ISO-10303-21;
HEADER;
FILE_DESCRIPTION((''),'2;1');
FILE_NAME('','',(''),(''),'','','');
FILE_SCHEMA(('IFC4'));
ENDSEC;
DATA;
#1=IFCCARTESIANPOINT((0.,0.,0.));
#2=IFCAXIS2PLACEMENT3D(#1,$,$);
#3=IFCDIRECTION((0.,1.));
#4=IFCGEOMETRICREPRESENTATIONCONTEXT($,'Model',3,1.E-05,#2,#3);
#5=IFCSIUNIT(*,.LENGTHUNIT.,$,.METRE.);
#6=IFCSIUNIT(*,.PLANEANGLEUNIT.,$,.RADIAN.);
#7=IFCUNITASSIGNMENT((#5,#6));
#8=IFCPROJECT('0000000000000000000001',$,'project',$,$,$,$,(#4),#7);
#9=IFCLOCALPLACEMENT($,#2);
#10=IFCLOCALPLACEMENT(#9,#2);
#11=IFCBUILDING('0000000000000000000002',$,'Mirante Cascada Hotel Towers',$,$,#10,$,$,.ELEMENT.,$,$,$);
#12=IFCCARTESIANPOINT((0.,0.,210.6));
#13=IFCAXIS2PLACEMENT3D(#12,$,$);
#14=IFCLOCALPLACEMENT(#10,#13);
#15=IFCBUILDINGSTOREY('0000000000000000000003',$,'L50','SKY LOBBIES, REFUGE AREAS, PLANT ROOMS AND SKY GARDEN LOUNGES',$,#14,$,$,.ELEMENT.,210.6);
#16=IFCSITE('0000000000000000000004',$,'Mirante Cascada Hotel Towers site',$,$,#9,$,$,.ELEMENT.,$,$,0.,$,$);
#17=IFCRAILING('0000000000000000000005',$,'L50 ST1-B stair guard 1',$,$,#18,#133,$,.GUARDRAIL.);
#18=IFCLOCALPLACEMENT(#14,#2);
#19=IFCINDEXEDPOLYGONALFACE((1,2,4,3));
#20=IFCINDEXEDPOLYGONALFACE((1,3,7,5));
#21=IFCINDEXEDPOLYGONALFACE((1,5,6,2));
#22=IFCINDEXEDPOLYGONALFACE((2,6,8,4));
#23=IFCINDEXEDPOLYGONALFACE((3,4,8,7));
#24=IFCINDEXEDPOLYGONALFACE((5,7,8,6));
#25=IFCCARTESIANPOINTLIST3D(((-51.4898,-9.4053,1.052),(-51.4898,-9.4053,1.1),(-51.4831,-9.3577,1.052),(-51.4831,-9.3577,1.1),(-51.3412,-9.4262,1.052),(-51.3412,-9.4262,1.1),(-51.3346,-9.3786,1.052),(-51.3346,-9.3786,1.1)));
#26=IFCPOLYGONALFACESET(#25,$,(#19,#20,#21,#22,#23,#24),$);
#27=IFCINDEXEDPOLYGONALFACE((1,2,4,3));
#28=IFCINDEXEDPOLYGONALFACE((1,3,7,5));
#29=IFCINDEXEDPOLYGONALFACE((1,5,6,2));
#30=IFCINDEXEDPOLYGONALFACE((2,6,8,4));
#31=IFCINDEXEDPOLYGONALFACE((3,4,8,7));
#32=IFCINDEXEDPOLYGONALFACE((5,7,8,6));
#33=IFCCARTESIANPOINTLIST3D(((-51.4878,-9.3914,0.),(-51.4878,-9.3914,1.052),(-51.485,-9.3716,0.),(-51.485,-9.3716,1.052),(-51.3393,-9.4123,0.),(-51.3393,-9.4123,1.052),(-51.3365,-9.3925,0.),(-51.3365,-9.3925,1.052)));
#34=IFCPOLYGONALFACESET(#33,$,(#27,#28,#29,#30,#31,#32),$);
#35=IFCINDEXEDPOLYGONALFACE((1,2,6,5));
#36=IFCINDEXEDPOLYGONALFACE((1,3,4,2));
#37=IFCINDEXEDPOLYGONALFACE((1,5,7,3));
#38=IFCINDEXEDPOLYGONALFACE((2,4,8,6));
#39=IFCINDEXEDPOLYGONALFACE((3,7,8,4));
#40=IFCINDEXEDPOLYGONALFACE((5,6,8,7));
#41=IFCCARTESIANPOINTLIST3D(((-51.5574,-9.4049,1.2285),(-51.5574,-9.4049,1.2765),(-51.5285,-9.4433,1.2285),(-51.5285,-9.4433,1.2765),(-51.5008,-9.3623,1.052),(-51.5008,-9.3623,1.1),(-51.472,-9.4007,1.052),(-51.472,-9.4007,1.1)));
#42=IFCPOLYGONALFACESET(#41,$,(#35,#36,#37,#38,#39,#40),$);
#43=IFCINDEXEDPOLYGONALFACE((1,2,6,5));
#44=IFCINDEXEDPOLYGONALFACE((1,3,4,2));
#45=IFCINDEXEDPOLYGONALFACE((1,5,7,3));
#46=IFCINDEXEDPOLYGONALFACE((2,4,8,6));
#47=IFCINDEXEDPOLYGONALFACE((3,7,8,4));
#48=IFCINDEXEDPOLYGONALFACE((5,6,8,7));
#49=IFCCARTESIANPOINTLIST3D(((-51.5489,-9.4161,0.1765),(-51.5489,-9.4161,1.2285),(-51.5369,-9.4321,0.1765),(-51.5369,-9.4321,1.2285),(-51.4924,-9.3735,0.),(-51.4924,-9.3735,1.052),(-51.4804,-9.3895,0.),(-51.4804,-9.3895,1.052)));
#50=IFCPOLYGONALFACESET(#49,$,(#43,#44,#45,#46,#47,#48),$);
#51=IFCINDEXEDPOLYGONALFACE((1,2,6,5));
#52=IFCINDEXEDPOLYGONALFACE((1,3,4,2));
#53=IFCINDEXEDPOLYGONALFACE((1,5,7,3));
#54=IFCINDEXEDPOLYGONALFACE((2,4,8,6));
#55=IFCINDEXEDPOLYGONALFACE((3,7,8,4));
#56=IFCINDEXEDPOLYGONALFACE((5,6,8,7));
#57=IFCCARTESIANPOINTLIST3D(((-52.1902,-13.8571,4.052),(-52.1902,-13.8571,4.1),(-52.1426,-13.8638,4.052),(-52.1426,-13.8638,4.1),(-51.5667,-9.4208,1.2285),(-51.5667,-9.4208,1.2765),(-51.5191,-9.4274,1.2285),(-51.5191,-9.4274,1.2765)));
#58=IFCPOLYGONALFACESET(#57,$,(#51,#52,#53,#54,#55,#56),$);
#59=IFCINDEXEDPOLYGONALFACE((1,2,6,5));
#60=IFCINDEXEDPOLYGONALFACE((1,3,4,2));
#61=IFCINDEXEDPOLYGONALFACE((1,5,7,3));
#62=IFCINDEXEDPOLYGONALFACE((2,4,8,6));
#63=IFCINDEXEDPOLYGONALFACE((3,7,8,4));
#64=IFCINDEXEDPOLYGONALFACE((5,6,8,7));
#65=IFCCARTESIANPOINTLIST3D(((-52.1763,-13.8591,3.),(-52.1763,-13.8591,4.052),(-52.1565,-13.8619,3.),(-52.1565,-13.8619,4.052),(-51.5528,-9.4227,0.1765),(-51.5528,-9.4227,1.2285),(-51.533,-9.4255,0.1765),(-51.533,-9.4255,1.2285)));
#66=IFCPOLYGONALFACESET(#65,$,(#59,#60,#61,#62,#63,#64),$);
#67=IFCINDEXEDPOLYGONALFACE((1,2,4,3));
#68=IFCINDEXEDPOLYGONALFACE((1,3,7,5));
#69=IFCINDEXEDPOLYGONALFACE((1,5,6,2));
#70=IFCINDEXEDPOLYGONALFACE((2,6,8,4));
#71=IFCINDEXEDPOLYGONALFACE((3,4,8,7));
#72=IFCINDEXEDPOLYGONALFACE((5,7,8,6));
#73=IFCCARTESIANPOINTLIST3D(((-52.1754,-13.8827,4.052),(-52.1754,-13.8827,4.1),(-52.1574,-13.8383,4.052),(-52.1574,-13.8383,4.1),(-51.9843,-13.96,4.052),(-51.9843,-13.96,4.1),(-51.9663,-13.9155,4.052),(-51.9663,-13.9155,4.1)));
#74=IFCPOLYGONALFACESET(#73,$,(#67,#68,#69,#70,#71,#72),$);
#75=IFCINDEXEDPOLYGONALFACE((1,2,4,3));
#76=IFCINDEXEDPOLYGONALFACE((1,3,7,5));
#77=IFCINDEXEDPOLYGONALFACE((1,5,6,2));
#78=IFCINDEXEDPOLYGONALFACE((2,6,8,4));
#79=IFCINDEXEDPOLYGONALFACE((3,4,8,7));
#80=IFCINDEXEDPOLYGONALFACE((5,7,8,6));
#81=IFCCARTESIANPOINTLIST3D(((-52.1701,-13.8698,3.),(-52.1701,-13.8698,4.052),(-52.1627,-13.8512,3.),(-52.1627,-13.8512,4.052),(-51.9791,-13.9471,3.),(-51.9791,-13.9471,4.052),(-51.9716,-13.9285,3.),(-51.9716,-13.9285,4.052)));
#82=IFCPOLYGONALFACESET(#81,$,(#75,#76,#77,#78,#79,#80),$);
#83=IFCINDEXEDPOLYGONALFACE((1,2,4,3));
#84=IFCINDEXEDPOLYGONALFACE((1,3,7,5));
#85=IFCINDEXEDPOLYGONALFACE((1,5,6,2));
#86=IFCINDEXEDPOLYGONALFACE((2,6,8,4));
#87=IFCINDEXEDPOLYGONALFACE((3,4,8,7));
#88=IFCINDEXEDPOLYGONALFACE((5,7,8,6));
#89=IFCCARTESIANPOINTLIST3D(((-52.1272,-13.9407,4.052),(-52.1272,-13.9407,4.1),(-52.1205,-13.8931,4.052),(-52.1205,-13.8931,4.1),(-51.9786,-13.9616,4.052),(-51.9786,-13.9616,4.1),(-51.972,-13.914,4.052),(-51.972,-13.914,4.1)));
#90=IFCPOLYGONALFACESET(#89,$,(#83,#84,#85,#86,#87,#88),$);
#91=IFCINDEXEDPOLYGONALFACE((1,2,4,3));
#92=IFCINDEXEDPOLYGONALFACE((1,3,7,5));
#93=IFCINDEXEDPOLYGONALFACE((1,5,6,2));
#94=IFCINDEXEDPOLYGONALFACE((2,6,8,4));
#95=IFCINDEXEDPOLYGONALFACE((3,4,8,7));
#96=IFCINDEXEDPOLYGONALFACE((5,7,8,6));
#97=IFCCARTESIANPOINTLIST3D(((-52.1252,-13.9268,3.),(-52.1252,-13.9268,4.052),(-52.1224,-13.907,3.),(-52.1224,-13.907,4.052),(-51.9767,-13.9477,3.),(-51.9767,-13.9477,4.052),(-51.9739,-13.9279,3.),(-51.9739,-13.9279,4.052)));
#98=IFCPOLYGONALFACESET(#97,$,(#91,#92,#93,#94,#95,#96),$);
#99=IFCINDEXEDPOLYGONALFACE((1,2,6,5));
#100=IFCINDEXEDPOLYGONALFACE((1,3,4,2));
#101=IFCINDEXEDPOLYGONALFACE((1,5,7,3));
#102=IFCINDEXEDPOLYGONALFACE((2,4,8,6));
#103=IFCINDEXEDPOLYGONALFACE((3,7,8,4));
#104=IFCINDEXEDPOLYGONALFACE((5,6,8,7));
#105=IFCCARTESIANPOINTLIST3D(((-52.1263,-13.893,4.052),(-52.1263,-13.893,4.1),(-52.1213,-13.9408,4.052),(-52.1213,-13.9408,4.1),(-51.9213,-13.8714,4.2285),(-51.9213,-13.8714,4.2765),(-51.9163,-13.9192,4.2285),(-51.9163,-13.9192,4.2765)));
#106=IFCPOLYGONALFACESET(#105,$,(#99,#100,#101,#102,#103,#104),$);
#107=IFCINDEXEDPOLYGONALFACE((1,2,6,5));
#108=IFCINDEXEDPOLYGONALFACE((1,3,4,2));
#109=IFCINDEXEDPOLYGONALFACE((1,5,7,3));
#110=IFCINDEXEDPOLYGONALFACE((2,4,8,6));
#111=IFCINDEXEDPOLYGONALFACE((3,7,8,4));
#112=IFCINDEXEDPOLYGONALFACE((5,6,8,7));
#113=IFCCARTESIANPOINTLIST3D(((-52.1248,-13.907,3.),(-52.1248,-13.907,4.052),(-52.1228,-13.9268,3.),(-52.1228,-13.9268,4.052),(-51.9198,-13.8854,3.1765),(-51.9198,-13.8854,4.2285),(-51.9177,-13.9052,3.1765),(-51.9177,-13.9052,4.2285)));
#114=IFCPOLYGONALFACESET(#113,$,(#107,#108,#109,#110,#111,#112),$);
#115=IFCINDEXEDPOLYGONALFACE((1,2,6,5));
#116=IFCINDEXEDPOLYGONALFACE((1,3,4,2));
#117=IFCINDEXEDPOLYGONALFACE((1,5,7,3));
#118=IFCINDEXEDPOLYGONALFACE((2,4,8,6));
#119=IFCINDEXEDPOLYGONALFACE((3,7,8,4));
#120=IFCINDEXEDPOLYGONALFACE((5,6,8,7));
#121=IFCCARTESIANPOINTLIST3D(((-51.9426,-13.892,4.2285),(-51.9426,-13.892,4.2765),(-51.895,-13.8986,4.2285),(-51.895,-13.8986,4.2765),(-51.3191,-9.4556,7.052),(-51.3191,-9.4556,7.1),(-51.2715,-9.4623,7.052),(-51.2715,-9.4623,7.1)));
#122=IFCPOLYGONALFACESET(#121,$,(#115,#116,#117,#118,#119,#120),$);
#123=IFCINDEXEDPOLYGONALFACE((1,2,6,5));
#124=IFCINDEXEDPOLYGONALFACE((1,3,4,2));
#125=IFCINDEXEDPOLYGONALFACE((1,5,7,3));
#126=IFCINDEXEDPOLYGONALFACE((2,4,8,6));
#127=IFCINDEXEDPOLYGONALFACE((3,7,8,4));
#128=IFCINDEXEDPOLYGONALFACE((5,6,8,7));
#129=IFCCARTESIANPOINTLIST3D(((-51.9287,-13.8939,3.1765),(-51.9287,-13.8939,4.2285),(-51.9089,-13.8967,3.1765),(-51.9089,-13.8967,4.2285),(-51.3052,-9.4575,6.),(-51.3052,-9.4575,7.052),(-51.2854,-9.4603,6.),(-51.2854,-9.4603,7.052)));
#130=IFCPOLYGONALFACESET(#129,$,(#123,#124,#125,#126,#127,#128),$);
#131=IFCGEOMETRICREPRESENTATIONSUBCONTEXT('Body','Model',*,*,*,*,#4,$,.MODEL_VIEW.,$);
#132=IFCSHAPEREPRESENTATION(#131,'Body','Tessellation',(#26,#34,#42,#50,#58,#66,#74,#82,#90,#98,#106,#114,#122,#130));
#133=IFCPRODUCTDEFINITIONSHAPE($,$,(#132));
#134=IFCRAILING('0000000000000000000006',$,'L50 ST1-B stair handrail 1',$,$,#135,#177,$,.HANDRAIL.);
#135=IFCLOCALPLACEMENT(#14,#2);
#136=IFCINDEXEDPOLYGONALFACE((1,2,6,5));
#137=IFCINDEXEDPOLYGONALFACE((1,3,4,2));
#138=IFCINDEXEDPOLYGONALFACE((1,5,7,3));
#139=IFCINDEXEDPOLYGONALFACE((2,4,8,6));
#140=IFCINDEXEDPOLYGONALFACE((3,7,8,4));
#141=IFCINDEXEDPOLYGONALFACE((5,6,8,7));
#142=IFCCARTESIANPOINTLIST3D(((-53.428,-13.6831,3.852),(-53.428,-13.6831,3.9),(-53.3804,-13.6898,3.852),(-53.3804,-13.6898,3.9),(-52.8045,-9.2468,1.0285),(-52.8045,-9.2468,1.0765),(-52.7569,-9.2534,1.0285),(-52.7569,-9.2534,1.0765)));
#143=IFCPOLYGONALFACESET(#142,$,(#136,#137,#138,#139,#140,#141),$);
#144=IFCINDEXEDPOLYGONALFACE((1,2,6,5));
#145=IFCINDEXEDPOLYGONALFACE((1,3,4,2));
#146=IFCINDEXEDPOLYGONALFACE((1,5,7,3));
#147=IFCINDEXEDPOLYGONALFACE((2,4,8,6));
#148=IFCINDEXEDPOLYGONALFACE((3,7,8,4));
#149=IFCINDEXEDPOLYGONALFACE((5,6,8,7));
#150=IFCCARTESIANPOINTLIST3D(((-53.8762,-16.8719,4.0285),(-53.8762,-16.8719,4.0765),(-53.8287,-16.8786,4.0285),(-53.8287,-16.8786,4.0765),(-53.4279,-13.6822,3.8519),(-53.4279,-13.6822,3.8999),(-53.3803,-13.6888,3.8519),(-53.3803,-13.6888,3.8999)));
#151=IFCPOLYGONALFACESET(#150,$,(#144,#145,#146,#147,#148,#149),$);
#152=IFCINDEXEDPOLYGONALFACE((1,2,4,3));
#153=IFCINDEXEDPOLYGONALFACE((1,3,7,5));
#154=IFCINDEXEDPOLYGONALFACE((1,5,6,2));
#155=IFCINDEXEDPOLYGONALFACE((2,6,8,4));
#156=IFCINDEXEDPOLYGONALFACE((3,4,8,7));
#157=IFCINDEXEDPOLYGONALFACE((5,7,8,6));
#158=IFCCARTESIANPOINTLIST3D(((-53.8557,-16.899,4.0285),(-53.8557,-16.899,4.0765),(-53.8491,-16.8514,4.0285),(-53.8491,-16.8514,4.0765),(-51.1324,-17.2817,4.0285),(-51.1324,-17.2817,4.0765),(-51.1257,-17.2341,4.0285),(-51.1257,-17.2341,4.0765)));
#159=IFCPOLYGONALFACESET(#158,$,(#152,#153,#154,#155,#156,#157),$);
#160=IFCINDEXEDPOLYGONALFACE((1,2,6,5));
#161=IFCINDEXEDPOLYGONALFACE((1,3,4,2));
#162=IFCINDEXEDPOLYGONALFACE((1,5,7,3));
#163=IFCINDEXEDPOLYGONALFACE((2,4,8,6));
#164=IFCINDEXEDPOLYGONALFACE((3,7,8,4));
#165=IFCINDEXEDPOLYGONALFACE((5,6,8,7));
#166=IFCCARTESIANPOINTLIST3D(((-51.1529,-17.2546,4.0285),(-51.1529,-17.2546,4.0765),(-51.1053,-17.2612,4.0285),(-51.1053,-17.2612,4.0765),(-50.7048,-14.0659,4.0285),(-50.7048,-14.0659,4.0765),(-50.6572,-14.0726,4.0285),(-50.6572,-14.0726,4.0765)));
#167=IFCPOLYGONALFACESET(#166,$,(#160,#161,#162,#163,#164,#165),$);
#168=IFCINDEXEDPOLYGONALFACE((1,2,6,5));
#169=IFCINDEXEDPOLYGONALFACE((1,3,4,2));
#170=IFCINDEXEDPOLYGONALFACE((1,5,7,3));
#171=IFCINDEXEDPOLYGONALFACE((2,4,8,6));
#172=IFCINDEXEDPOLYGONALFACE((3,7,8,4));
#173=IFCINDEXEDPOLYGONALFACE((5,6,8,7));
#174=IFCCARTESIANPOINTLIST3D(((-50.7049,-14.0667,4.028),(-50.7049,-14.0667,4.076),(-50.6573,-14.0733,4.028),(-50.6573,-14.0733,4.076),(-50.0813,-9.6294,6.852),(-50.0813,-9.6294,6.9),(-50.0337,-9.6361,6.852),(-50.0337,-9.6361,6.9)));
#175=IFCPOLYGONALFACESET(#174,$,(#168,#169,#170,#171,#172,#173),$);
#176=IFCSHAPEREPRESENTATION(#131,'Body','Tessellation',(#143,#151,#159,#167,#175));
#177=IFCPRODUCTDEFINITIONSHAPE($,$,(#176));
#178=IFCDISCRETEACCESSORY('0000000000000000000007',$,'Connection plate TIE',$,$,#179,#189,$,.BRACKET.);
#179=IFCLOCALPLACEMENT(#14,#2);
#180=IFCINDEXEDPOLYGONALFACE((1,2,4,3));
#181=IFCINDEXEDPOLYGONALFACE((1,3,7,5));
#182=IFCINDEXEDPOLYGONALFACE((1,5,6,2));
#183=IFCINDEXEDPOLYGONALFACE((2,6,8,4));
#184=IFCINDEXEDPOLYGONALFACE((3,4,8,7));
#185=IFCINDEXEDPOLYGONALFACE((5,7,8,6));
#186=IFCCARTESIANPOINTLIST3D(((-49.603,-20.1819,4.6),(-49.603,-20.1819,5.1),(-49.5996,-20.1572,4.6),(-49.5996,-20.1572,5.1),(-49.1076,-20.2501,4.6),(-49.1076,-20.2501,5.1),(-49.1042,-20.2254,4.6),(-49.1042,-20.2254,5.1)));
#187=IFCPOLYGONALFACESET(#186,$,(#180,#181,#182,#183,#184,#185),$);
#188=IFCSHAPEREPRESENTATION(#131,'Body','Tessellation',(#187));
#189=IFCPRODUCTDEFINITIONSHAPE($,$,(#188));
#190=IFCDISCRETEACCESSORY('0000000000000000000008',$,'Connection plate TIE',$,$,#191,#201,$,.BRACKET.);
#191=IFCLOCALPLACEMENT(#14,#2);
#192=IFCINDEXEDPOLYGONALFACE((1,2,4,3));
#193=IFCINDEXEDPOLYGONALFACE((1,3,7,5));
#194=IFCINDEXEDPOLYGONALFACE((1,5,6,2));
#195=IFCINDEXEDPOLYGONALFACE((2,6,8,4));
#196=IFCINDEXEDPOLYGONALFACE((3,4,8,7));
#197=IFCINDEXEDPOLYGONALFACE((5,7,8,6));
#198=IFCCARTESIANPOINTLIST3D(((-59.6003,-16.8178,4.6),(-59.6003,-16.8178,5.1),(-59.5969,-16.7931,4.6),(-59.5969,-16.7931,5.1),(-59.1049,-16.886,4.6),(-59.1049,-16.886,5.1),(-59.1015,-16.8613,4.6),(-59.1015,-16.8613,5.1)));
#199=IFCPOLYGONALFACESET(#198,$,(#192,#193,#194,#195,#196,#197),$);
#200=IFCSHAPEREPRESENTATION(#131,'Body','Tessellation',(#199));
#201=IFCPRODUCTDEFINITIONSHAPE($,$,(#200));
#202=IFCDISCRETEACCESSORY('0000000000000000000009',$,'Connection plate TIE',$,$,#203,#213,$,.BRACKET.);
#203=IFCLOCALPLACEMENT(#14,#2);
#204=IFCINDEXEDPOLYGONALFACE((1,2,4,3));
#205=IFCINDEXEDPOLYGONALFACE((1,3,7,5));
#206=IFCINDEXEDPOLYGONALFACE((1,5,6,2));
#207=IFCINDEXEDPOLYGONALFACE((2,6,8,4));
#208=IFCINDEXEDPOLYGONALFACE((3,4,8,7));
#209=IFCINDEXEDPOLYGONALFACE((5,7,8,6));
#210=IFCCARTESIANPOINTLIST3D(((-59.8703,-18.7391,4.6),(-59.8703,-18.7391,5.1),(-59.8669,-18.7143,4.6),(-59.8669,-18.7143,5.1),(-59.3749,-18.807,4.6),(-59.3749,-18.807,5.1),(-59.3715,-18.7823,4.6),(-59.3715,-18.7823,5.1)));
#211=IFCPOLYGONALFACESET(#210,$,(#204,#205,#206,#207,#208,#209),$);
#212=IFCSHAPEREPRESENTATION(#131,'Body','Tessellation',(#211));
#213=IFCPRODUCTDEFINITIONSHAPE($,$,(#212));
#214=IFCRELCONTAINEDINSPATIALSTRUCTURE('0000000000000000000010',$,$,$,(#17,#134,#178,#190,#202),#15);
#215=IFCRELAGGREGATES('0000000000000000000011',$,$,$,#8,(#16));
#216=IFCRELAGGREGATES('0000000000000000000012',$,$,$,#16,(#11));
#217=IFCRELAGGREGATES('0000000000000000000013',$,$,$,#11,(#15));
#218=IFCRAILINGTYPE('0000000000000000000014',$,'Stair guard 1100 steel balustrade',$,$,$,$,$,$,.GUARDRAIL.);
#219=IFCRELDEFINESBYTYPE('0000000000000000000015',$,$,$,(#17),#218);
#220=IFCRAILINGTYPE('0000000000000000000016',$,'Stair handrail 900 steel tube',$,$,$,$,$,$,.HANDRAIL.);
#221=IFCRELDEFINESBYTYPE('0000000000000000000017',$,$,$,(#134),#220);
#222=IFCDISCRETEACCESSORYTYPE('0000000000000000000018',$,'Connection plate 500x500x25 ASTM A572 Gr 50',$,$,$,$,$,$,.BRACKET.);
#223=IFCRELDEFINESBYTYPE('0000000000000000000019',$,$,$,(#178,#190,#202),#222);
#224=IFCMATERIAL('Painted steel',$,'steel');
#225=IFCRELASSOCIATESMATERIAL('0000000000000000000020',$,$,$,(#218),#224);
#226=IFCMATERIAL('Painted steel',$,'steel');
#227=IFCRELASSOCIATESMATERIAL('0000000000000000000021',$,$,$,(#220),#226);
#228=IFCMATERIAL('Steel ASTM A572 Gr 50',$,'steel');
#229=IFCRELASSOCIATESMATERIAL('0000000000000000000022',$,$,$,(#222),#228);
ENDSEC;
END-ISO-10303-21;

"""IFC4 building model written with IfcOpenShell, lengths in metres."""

from ifc_helpers import new_model, si_unit, direction, frame, origin, origin_2d, place, context, subcontext, project, spatial, rectangle, extrude, material, material_profile, profile_set, type_object, element, save


model = new_model("IFC4")

# Units and contexts
model_context = context("Model", 3, precision=1e-05, world=origin(), true_north=direction((0.0, 1.0)))
body_context = subcontext(model_context, "Body", "Model", "MODEL_VIEW")
ifc_project = project(units=[si_unit("LENGTHUNIT", "METRE"), si_unit("PLANEANGLEUNIT", "RADIAN")], contexts=[model_context])

# Site, building, storey
site_placement = place(None, origin())
site = spatial("IfcSite", under=ifc_project, at=site_placement, Name="Mirante Cascada Hotel Towers site", CompositionType="ELEMENT", RefElevation=0.0)
building_placement = place(site_placement, origin())
building = spatial("IfcBuilding", under=site, at=building_placement, Name="Mirante Cascada Hotel Towers", CompositionType="ELEMENT")
storey_placement = place(building_placement, frame((0.0, 0.0, 210.6)))
storey = spatial("IfcBuildingStorey", under=building, at=storey_placement, Name="L50", Description="SKY LOBBIES, REFUGE AREAS, PLANT ROOMS AND SKY GARDEN LOUNGES", CompositionType="ELEMENT", Elevation=210.6)

# Railings
ifc_material_1 = material(Name="Painted steel", Category="steel")
railing_type_1 = type_object("IfcRailingType", Name="Stair guard 1100 steel balustrade", PredefinedType="GUARDRAIL", material=ifc_material_1)
railing_1_placement = place(storey_placement, frame((-51.3379, -9.4024, 0.0)))
element("IfcRailing", 1, at=railing_1_placement, inside=storey, type_object=railing_type_1, Name="L50 ST1-B stair guard 1", PredefinedType="GUARDRAIL", context=body_context, shape_type="SweptSolid", body=[
    extrude(rectangle(XDim=0.048, YDim=0.048, at=origin_2d()), frame((0.0, 0.0, 1.076), z_axis=(-0.990241, 0.139367, 0.0), x_axis=(-0.139367, -0.990241, 0.0)), (0.0, 0.0, 1.0), 0.15),
    extrude(rectangle(XDim=0.02, YDim=1.052, at=origin_2d()), frame((0.0, 0.0, 0.526), z_axis=(-0.990241, 0.139367, 0.0), x_axis=(-0.139367, -0.990241, 0.0)), (0.0, 0.0, 1.0), 0.15),
    extrude(rectangle(XDim=0.048, YDim=0.048, at=origin_2d()), frame((-0.1485, 0.0209, 1.076), z_axis=(-0.798471, -0.602033, 0.0), x_axis=(0.602033, -0.798471, 0.0)), (0.0, 0.928186, 0.372117), 0.1902),
    extrude(rectangle(XDim=0.02, YDim=1.052, at=origin_2d()), frame((-0.1485, 0.0209, 0.526), z_axis=(-0.798471, -0.602033, 0.0), x_axis=(0.602033, -0.798471, 0.0)), (0.0, 0.928186, 0.372117), 0.1902),
    extrude(rectangle(XDim=0.048, YDim=0.048, at=origin_2d()), frame((-0.205, -0.0217, 1.2525), z_axis=(-0.139174, -0.990268, 0.0), x_axis=(0.990268, -0.139174, 0.0)), (0.0, 0.533186, 0.845998), 5.2955),
    extrude(rectangle(XDim=0.02, YDim=1.052, at=origin_2d()), frame((-0.205, -0.0217, 0.7025), z_axis=(-0.139174, -0.990268, 0.0), x_axis=(0.990268, -0.139174, 0.0)), (0.0, 0.533186, 0.845998), 5.2955),
    extrude(rectangle(XDim=0.048, YDim=0.048, at=origin_2d()), frame((-0.8285, -4.4581, 4.076), z_axis=(0.927031, -0.374984, 0.0), x_axis=(0.374984, 0.927031, 0.0)), (0.0, 0.0, 1.0), 0.2061),
    extrude(rectangle(XDim=0.02, YDim=1.052, at=origin_2d()), frame((-0.8285, -4.4581, 3.526), z_axis=(0.927031, -0.374984, 0.0), x_axis=(0.374984, 0.927031, 0.0)), (0.0, 0.0, 1.0), 0.2061),
    extrude(rectangle(XDim=0.048, YDim=0.048, at=origin_2d()), frame((-0.6374, -4.5354, 4.076), z_axis=(-0.990241, 0.139367, 0.0), x_axis=(-0.139367, -0.990241, 0.0)), (0.0, 0.0, 1.0), 0.15),
    extrude(rectangle(XDim=0.02, YDim=1.052, at=origin_2d()), frame((-0.6374, -4.5354, 3.526), z_axis=(-0.990241, 0.139367, 0.0), x_axis=(-0.139367, -0.990241, 0.0)), (0.0, 0.0, 1.0), 0.15),
    extrude(rectangle(XDim=0.048, YDim=0.048, at=origin_2d()), frame((-0.7859, -4.5145, 4.076), z_axis=(0.994495, 0.104786, 0.0), x_axis=(-0.104786, 0.994495, 0.0)), (0.0, 0.650394, 0.759597), 0.2714),
    extrude(rectangle(XDim=0.02, YDim=1.052, at=origin_2d()), frame((-0.7859, -4.5145, 3.526), z_axis=(0.994495, 0.104786, 0.0), x_axis=(-0.104786, 0.994495, 0.0)), (0.0, 0.650394, 0.759597), 0.2714),
    extrude(rectangle(XDim=0.048, YDim=0.048, at=origin_2d()), frame((-0.5809, -4.4929, 4.2525), z_axis=(0.139174, 0.990268, 0.0), x_axis=(-0.990268, 0.139174, 0.0)), (0.0, 0.533186, 0.845998), 5.2955),
    extrude(rectangle(XDim=0.02, YDim=1.052, at=origin_2d()), frame((-0.5809, -4.4929, 3.7025), z_axis=(0.139174, 0.990268, 0.0), x_axis=(-0.990268, 0.139174, 0.0)), (0.0, 0.533186, 0.845998), 5.2955),
])
ifc_material_2 = material(Name="Painted steel", Category="steel")
railing_type_2 = type_object("IfcRailingType", Name="Stair handrail 900 steel tube", PredefinedType="HANDRAIL", material=ifc_material_2)
railing_2_placement = place(storey_placement, frame((-52.7807, -9.2501, 0.1765)))
element("IfcRailing", 2, at=railing_2_placement, inside=storey, type_object=railing_type_2, Name="L50 ST1-B stair handrail 1", PredefinedType="HANDRAIL", context=body_context, shape_type="SweptSolid", body=[
    extrude(rectangle(XDim=0.048, YDim=0.048, at=origin_2d()), frame((0.0, 0.0, 0.876), z_axis=(-0.139174, -0.990268, 0.0), x_axis=(0.990268, -0.139174, 0.0)), (0.0, 0.533186, 0.845998), 5.2955),
    extrude(rectangle(XDim=0.048, YDim=0.048, at=origin_2d()), frame((-0.6234, -4.4354, 3.6994), z_axis=(-0.139191, -0.990266, 0.0), x_axis=(0.990266, -0.139191, 0.0)), (0.0, 0.054731, 0.998501), 3.2259),
    extrude(rectangle(XDim=0.048, YDim=0.048, at=origin_2d()), frame((-1.0717, -7.6251, 3.876), z_axis=(0.99027, -0.139161, 0.0), x_axis=(0.139161, 0.99027, 0.0)), (0.0, 0.0, 1.0), 2.7501),
    extrude(rectangle(XDim=0.048, YDim=0.048, at=origin_2d()), frame((1.6516, -8.0078, 3.876), z_axis=(0.13916, 0.99027, 0.0), x_axis=(-0.99027, 0.13916, 0.0)), (0.0, 0.0, 1.0), 3.22),
    extrude(rectangle(XDim=0.048, YDim=0.048, at=origin_2d()), frame((2.0996, -4.8199, 3.8755), z_axis=(0.139174, 0.990268, 0.0), x_axis=(-0.990268, 0.139174, 0.0)), (0.0, 0.533186, 0.845998), 5.2965),
])

# Discrete accessories
ifc_material_3 = material(Name="Steel ASTM A572 Gr 50", Category="steel")
ifc_material_profile_1 = material_profile(ifc_material_3, rectangle(XDim=0.5, YDim=0.5, at=origin_2d()), Name="Connection plate 500x500x25 ASTM A572 Gr 50")
ifc_profile_set_1 = profile_set([ifc_material_profile_1], Name="Steel ASTM A572 Gr 50")
discrete_accessory_type_1 = type_object("IfcDiscreteAccessoryType", Name="Connection plate 500x500x25 ASTM A572 Gr 50", PredefinedType="BRACKET", material=ifc_profile_set_1)
for number, where, z_axis, x_axis, name in (
    (3, (-49.3519, -20.1913, 4.85), (-0.136366, -0.990658, 0.0), (0.990658, -0.136366, 0.0), "Connection plate TIE"),
    (4, (-59.3492, -16.8272, 4.85), (-0.136366, -0.990658, 0.0), (0.990658, -0.136366, 0.0), "Connection plate TIE"),
):
    element("IfcDiscreteAccessory", number, at=place(storey_placement, frame(where, z_axis=z_axis, x_axis=x_axis)), inside=storey, type_object=discrete_accessory_type_1, Name=name, PredefinedType="BRACKET", context=body_context, shape_type="SweptSolid", body=[
        extrude(rectangle(XDim=0.5, YDim=0.5, at=origin_2d()), origin(), (0.0, 0.0, 1.0), 0.0249),
    ])
for number, where, z_axis, x_axis, name in (
    (5, (-59.6192, -18.7483, 4.85), (-0.135826, -0.990733, 0.0), (0.990733, -0.135826, 0.0), "Connection plate TIE"),
):
    element("IfcDiscreteAccessory", number, at=place(storey_placement, frame(where, z_axis=z_axis, x_axis=x_axis)), inside=storey, type_object=discrete_accessory_type_1, Name=name, PredefinedType="BRACKET", context=body_context, shape_type="SweptSolid", body=[
        extrude(rectangle(XDim=0.5, YDim=0.5, at=origin_2d()), origin(), (0.0, 0.0, 1.0), 0.025),
    ])

save(model, "model.ifc")
